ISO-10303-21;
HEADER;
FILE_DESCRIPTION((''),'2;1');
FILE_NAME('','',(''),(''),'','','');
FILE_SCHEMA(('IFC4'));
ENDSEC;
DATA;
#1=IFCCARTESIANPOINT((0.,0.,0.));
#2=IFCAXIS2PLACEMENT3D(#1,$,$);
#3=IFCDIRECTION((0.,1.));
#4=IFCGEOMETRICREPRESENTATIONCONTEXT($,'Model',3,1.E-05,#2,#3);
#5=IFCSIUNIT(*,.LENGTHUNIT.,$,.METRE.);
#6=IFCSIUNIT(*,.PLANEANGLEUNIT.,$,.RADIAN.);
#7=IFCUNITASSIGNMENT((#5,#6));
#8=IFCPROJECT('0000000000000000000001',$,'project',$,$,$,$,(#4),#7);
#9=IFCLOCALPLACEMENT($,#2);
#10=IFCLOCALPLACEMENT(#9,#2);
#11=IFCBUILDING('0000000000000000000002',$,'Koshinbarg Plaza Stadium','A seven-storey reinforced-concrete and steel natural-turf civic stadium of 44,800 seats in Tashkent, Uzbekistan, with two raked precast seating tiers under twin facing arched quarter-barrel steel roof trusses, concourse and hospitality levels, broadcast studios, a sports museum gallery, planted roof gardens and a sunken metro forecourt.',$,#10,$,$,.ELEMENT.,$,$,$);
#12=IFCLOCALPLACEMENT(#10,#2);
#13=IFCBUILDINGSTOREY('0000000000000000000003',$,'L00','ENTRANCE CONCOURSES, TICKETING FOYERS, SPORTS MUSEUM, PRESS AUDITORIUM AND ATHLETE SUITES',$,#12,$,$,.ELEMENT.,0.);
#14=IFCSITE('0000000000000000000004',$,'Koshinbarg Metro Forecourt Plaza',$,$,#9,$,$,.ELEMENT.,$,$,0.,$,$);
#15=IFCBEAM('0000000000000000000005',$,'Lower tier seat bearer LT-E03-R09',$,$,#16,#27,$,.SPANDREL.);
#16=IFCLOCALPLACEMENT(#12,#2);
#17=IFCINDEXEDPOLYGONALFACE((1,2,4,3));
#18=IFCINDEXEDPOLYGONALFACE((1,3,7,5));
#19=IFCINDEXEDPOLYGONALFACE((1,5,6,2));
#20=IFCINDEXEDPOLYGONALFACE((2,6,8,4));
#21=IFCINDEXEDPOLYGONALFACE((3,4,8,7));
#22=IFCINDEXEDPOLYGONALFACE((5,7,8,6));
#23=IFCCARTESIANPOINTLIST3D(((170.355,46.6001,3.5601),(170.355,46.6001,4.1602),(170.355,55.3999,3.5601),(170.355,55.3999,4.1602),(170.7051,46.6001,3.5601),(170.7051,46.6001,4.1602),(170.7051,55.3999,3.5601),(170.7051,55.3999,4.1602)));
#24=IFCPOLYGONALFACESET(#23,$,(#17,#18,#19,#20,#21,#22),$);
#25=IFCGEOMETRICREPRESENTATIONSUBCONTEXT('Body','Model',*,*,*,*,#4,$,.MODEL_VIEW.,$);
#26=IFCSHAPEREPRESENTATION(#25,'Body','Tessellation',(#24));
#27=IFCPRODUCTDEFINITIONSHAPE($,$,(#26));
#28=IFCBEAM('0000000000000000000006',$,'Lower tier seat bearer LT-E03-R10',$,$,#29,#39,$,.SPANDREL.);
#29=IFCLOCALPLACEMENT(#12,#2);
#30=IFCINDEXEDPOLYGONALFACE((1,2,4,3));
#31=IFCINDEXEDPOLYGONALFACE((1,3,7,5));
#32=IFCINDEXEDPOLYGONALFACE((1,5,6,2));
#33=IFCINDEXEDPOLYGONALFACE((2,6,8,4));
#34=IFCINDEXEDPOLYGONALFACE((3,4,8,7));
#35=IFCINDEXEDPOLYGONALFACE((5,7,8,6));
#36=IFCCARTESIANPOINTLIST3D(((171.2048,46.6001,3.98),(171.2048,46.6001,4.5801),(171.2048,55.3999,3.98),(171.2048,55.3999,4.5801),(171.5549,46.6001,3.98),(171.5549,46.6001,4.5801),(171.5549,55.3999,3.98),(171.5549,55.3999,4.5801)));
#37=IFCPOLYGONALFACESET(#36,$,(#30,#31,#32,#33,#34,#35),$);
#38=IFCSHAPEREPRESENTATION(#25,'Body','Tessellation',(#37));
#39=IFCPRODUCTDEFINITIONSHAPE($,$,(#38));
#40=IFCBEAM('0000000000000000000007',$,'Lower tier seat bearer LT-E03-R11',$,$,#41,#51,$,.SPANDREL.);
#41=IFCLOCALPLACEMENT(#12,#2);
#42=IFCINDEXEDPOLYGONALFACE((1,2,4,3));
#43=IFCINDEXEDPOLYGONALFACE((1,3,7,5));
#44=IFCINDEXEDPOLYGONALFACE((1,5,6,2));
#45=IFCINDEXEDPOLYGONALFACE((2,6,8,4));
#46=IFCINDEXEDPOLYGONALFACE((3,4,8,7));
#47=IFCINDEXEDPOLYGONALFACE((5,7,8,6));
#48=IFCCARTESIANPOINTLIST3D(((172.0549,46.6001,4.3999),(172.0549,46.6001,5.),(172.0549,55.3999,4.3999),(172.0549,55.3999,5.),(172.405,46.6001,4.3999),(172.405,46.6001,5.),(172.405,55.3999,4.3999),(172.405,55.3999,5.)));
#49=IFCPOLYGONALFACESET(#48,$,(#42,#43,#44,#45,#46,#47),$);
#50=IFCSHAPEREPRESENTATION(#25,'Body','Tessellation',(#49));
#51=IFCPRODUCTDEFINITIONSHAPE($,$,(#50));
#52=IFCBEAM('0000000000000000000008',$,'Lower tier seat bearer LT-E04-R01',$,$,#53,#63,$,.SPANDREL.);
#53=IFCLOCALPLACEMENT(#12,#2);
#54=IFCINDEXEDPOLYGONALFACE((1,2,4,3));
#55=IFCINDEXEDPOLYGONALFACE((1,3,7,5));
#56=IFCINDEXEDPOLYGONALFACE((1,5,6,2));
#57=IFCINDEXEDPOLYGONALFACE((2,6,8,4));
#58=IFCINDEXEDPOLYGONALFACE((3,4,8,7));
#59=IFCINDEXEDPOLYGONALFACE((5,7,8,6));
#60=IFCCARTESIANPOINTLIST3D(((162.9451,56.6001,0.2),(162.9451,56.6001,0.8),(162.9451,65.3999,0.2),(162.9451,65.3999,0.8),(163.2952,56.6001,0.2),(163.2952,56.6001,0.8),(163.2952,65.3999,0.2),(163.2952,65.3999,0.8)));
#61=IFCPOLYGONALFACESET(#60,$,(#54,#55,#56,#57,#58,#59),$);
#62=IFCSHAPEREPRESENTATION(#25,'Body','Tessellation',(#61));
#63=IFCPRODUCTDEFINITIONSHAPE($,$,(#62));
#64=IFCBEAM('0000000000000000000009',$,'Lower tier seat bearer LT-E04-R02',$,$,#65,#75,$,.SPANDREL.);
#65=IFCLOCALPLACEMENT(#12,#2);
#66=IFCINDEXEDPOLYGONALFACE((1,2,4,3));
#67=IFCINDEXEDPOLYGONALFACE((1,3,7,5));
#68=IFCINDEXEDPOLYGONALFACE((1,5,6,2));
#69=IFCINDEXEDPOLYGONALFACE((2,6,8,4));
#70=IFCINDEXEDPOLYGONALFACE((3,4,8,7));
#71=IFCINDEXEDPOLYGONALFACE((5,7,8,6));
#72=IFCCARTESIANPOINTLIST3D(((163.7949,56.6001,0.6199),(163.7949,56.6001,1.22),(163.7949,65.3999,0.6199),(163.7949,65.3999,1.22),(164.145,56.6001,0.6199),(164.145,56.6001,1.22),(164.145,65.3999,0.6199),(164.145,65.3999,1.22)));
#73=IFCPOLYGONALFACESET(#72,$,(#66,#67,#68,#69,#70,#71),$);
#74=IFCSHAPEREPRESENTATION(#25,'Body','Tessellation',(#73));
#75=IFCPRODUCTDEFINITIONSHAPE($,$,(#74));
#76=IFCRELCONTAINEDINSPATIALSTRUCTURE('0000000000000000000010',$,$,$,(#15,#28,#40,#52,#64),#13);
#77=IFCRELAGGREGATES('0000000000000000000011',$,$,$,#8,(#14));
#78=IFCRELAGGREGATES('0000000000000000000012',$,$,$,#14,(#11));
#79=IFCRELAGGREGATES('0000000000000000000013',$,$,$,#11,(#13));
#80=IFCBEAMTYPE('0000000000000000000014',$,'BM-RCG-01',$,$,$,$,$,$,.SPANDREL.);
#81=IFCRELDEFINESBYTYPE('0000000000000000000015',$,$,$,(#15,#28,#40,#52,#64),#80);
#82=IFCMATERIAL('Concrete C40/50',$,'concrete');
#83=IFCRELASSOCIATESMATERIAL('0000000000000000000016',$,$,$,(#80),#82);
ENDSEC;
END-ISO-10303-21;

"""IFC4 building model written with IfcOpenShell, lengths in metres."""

from ifc_helpers import new_model, si_unit, direction, frame, origin, origin_2d, place, context, subcontext, project, spatial, rectangle, extrude, material, material_profile, profile_set, type_object, element, save


model = new_model("IFC4")

# Units and contexts
model_context = context("Model", 3, precision=1e-05, world=origin(), true_north=direction((0.0, 1.0)))
body_context = subcontext(model_context, "Body", "Model", "MODEL_VIEW")
ifc_project = project(units=[si_unit("LENGTHUNIT", "METRE"), si_unit("PLANEANGLEUNIT", "RADIAN")], contexts=[model_context])

# Site, building, storey
site_placement = place(None, origin())
site = spatial("IfcSite", under=ifc_project, at=site_placement, Name="Koshinbarg Metro Forecourt Plaza", CompositionType="ELEMENT", RefElevation=0.0)
building_placement = place(site_placement, origin())
building = spatial("IfcBuilding", under=site, at=building_placement, Name="Koshinbarg Plaza Stadium", Description="A seven-storey reinforced-concrete and steel natural-turf civic stadium of 44,800 seats in Tashkent, Uzbekistan, with two raked precast seating tiers under twin facing arched quarter-barrel steel roof trusses, concourse and hospitality levels, broadcast studios, a sports museum gallery, planted roof gardens and a sunken metro forecourt.", CompositionType="ELEMENT")
storey_placement = place(building_placement, origin())
storey = spatial("IfcBuildingStorey", under=building, at=storey_placement, Name="L00", Description="ENTRANCE CONCOURSES, TICKETING FOYERS, SPORTS MUSEUM, PRESS AUDITORIUM AND ATHLETE SUITES", CompositionType="ELEMENT", Elevation=0.0)

# Shared definitions
ifc_material_1 = material(Name="Concrete C40/50", Category="concrete")

# Beams
ifc_material_profile_1 = material_profile(ifc_material_1, rectangle(XDim=0.3501, YDim=0.6001, at=origin_2d()), Name="RC 350x600")
ifc_profile_set_1 = profile_set([ifc_material_profile_1], Name="Concrete C40/50")
beam_type = type_object("IfcBeamType", Name="BM-RCG-01", PredefinedType="SPANDREL", material=ifc_profile_set_1)
for number, where, z_axis, x_axis, name in (
    (1, (170.53, 46.6001, 3.8601), (0.0, 1.0, 0.0), (-1.0, 0.0, 0.0), "Lower tier seat bearer LT-E03-R09"),
    (2, (171.3799, 46.6001, 4.28), (0.0, 1.0, 0.0), (-1.0, 0.0, 0.0), "Lower tier seat bearer LT-E03-R10"),
    (3, (172.23, 46.6001, 4.7), (0.0, 1.0, 0.0), (-1.0, 0.0, 0.0), "Lower tier seat bearer LT-E03-R11"),
    (4, (163.1201, 56.6001, 0.5), (0.0, 1.0, 0.0), (-1.0, 0.0, 0.0), "Lower tier seat bearer LT-E04-R01"),
    (5, (163.97, 56.6001, 0.9199), (0.0, 1.0, 0.0), (-1.0, 0.0, 0.0), "Lower tier seat bearer LT-E04-R02"),
):
    element("IfcBeam", number, at=place(storey_placement, frame(where, z_axis=z_axis, x_axis=x_axis)), inside=storey, type_object=beam_type, Name=name, PredefinedType="SPANDREL", context=body_context, shape_type="SweptSolid", body=[
        extrude(rectangle(XDim=0.3501, YDim=0.6001, at=origin_2d()), origin(), (0.0, 0.0, 1.0), 8.7998),
    ])

save(model, "model.ifc")
